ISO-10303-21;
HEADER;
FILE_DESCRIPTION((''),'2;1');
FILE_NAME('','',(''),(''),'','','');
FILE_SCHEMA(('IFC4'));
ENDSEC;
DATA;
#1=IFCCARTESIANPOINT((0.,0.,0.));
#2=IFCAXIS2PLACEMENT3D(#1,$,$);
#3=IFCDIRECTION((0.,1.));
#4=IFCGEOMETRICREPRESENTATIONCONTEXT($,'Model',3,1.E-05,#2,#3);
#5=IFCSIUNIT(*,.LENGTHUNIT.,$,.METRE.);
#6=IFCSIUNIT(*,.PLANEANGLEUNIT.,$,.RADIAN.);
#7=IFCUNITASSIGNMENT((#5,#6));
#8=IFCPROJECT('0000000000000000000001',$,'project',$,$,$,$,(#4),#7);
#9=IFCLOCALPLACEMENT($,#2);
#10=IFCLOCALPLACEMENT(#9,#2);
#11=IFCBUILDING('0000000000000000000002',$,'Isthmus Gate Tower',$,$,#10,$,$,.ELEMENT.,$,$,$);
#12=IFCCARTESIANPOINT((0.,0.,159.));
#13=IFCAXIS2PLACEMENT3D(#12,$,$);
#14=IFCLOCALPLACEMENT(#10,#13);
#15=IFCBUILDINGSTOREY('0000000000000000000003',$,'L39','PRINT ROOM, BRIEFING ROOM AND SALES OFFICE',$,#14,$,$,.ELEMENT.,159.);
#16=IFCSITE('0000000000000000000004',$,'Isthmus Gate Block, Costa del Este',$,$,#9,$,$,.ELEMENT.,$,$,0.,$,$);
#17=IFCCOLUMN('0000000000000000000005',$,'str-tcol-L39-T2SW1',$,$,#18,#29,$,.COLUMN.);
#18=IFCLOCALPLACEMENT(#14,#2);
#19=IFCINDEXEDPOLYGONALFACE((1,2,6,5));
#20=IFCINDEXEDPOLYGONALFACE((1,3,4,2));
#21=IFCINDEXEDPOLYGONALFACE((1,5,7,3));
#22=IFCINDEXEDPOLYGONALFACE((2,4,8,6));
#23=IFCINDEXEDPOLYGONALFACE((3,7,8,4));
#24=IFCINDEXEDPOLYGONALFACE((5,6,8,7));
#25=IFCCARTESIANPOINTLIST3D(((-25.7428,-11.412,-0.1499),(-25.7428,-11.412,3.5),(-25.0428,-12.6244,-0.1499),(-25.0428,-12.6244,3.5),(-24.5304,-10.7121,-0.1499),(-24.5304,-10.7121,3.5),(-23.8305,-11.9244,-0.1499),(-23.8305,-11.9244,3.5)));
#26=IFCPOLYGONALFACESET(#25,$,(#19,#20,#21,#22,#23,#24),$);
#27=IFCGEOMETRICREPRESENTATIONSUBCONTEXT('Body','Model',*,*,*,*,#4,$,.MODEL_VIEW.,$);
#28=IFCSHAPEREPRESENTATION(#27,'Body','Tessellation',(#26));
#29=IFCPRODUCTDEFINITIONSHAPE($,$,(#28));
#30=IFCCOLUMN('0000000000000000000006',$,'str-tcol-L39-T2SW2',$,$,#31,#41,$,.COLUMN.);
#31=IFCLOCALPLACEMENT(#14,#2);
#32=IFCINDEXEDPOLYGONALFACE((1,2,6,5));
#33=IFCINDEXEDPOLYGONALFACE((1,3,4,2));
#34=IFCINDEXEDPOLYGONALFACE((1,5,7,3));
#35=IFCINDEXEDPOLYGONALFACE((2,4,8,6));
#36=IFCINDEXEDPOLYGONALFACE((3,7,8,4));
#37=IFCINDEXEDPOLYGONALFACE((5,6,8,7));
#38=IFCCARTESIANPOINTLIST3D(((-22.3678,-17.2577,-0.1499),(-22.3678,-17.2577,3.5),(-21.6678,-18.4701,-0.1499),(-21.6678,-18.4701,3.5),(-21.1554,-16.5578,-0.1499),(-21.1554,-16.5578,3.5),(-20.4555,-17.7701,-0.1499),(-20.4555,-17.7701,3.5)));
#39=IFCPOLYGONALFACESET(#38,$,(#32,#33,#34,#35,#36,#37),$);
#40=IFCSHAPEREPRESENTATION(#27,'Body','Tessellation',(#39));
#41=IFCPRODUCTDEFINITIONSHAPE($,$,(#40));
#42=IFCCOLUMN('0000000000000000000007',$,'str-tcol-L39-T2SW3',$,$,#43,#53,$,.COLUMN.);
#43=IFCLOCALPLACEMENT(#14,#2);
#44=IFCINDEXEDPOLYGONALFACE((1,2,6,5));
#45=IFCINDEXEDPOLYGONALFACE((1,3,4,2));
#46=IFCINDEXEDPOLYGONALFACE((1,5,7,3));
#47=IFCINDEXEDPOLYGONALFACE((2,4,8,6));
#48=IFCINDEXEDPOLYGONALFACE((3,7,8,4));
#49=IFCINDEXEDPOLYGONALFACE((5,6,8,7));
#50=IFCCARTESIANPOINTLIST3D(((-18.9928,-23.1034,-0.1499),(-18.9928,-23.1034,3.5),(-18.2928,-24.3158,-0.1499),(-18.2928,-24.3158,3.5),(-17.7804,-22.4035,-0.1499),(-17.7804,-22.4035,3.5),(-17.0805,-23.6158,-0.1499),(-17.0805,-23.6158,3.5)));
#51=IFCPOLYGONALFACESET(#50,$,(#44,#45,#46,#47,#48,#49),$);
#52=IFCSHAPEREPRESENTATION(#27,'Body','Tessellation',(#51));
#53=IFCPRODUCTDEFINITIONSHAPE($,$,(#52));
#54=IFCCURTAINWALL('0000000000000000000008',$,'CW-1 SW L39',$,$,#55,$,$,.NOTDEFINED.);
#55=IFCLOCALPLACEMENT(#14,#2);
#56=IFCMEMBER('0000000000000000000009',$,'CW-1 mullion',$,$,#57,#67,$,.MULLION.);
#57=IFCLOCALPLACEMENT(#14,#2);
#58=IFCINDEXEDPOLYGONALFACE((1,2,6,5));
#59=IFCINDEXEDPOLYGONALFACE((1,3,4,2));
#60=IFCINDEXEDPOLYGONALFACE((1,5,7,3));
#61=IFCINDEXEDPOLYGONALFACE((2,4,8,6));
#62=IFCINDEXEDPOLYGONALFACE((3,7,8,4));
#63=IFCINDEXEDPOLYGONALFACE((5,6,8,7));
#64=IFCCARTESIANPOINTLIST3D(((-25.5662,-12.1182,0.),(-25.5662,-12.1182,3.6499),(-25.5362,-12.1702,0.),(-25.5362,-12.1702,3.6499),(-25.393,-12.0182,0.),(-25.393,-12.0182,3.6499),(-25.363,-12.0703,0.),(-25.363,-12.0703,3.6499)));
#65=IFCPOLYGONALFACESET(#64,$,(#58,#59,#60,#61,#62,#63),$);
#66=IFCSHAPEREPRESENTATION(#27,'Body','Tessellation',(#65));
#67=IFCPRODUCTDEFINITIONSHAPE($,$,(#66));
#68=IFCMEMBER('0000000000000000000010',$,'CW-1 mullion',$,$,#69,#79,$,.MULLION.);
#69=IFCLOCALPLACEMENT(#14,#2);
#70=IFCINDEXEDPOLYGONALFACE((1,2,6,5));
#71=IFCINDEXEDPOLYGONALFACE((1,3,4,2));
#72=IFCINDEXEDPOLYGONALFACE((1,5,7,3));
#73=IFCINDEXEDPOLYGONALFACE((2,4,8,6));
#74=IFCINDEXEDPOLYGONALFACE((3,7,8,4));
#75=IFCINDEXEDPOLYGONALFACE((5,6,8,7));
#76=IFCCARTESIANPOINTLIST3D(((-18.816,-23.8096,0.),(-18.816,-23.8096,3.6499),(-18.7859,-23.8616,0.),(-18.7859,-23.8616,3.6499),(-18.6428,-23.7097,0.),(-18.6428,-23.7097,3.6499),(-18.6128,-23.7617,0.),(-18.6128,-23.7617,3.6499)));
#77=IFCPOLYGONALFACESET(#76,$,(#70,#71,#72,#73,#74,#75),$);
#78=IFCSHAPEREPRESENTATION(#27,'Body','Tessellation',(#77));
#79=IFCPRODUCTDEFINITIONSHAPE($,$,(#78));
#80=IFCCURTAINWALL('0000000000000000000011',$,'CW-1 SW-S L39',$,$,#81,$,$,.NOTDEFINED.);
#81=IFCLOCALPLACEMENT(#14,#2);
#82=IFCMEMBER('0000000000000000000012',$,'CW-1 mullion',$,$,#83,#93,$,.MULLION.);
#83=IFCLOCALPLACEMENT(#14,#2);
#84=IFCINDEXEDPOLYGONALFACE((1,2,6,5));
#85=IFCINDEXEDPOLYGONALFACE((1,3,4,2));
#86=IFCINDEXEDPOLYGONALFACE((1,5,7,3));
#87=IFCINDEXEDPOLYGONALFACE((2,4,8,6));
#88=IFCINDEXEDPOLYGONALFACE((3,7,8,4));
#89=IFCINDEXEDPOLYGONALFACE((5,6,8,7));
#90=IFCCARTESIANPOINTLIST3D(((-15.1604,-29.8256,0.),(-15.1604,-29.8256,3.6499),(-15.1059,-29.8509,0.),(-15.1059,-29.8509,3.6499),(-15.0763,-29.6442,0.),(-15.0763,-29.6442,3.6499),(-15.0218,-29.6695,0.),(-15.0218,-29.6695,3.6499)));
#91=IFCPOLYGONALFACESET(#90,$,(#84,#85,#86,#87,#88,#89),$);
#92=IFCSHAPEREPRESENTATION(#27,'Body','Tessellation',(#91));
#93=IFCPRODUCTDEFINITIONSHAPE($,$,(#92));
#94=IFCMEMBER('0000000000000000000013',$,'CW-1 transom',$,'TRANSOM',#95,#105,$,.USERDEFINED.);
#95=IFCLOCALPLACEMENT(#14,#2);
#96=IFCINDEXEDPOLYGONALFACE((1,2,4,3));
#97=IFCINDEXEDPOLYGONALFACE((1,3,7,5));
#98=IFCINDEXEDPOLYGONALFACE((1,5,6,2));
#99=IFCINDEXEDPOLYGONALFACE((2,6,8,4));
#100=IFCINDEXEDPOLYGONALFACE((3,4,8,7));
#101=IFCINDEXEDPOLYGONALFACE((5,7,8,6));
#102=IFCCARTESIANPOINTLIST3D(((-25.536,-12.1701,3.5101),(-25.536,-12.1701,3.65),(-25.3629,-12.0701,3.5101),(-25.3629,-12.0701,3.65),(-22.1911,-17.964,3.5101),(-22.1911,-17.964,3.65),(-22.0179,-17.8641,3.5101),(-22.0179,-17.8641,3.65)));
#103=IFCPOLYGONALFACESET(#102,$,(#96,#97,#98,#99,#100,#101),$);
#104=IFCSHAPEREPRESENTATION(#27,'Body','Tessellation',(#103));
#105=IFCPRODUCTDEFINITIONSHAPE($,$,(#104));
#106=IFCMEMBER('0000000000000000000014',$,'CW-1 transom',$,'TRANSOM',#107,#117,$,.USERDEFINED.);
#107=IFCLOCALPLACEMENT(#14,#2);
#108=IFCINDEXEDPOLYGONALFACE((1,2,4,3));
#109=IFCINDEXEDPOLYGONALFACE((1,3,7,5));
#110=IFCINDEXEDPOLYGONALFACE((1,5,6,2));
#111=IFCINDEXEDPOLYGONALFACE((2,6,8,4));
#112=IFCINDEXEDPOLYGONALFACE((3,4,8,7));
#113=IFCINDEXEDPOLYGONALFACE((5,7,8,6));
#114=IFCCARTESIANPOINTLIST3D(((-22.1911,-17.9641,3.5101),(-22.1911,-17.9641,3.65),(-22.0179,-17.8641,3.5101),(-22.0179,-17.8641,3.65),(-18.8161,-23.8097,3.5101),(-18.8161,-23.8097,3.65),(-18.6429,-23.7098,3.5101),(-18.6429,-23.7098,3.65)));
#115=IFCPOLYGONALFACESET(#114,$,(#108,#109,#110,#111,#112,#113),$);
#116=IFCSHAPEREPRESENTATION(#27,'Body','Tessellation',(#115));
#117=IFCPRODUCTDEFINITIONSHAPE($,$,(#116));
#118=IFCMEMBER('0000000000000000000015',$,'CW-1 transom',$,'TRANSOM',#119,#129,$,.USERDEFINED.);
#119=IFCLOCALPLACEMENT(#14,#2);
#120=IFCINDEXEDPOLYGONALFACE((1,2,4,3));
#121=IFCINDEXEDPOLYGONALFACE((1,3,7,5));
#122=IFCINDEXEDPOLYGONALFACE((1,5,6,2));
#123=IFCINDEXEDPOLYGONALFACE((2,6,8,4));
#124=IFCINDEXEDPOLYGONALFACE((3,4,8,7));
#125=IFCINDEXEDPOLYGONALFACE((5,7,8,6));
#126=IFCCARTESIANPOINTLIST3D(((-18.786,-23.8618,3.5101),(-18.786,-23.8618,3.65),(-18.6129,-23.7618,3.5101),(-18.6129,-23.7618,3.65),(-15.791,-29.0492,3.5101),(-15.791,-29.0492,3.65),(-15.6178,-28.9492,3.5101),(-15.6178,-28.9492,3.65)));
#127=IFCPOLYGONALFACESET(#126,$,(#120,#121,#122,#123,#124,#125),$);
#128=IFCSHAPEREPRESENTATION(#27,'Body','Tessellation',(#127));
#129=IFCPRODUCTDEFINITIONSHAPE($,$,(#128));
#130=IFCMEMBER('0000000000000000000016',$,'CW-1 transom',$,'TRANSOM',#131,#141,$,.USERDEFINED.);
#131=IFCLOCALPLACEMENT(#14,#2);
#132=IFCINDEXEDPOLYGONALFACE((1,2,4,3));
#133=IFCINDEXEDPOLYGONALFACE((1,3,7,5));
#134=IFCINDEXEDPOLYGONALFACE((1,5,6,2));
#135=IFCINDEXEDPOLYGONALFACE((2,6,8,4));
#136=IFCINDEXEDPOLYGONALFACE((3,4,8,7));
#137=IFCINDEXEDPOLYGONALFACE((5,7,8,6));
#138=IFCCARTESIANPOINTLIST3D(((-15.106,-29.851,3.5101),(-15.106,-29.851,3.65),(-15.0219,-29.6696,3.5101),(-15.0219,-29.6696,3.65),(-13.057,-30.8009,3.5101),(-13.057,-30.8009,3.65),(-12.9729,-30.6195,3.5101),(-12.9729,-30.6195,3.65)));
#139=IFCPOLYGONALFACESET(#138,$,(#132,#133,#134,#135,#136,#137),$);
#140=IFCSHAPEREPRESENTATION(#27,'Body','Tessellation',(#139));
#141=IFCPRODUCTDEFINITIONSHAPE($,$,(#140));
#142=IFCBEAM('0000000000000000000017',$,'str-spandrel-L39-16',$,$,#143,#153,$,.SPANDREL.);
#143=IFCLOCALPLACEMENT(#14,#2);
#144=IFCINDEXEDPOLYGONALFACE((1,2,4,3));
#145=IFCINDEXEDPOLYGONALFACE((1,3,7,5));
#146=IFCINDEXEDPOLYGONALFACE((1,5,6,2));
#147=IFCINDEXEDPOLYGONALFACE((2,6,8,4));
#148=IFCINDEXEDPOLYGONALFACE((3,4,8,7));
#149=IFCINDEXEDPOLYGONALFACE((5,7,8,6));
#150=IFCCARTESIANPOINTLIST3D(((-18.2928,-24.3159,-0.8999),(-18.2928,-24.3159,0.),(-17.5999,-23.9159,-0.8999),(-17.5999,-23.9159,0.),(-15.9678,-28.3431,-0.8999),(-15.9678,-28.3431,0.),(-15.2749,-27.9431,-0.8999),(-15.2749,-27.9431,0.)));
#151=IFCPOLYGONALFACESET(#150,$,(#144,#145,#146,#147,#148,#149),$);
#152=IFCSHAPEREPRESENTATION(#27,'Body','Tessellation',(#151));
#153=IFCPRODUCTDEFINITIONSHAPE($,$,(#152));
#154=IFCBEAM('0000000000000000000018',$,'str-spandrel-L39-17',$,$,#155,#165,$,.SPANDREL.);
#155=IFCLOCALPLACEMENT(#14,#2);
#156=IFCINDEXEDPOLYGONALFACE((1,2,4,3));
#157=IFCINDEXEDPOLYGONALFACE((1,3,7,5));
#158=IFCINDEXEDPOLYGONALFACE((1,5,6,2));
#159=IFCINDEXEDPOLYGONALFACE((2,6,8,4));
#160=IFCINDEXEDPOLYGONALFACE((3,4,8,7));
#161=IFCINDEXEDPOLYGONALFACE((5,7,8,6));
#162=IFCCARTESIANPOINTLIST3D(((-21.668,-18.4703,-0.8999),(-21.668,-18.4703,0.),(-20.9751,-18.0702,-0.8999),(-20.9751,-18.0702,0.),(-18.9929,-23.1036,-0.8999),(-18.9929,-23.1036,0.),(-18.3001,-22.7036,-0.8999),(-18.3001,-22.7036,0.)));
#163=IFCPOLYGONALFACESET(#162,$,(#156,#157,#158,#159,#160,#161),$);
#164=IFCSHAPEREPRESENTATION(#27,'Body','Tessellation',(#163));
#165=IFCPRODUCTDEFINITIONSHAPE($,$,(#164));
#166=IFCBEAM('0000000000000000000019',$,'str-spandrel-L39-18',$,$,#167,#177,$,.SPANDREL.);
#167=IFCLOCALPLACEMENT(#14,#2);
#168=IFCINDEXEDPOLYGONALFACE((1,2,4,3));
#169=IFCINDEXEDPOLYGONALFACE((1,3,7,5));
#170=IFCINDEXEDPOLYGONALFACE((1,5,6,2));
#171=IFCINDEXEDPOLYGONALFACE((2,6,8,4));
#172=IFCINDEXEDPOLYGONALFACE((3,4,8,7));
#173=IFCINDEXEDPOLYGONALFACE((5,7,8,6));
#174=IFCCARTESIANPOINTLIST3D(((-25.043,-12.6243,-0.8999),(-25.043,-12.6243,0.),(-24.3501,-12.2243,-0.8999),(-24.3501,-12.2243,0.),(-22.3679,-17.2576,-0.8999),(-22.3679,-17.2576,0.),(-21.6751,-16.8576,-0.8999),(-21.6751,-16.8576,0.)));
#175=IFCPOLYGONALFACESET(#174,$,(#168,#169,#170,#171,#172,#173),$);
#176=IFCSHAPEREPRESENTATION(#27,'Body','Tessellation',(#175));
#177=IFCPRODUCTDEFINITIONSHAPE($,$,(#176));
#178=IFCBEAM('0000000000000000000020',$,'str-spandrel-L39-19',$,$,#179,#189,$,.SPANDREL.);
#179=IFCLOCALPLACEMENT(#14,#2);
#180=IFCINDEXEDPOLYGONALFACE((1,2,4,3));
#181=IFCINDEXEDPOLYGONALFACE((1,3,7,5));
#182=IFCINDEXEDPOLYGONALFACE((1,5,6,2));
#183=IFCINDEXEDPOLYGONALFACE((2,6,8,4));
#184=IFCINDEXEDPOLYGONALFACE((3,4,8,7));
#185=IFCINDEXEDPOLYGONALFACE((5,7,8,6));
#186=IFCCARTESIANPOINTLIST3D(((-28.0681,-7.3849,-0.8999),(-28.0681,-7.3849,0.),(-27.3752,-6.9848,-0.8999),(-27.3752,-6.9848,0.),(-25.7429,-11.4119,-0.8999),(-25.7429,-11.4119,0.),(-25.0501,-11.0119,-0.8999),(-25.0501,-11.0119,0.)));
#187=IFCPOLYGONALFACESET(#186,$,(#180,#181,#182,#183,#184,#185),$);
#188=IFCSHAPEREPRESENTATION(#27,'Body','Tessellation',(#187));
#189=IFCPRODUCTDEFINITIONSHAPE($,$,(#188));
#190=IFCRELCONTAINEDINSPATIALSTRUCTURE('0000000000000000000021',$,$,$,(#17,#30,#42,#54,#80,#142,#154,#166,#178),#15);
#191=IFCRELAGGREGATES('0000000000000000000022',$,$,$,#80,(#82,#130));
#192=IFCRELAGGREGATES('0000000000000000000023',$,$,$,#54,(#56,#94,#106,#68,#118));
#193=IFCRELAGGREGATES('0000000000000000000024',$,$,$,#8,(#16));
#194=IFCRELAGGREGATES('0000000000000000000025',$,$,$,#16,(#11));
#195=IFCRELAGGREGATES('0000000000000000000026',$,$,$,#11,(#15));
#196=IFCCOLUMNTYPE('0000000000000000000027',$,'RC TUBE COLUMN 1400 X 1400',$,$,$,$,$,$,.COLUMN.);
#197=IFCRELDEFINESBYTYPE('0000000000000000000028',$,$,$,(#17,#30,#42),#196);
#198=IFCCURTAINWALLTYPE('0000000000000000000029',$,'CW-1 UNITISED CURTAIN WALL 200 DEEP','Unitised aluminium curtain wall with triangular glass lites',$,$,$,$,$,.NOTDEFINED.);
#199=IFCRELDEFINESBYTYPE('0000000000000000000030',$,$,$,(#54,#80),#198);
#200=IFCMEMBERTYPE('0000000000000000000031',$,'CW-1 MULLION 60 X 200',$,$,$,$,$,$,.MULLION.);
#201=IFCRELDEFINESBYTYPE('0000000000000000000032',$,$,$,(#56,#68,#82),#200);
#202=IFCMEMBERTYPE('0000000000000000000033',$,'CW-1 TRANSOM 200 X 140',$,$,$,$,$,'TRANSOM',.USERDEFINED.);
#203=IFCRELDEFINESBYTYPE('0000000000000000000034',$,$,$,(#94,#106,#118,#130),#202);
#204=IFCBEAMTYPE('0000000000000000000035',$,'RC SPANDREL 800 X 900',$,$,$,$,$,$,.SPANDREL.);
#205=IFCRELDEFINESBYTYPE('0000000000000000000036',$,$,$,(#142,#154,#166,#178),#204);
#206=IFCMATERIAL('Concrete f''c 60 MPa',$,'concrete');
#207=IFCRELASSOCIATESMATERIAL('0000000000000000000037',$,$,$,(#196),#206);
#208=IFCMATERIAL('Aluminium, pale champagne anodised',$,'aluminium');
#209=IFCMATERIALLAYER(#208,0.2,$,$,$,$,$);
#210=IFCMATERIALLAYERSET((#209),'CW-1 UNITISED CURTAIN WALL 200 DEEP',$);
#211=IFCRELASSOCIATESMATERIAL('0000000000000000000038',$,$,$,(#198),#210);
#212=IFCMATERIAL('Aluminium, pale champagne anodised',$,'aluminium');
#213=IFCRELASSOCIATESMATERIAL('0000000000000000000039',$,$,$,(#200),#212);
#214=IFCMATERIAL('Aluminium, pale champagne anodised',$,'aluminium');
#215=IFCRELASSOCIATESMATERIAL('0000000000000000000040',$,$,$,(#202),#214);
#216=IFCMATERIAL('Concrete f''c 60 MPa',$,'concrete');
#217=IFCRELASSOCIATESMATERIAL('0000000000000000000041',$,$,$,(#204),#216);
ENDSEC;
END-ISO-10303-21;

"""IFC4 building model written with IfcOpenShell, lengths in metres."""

from ifc_helpers import new_model, si_unit, direction, frame, origin, origin_2d, place, context, subcontext, project, spatial, rectangle, extrude, material, layer, layer_set, material_profile, profile_set, type_object, element, aggregate, save


model = new_model("IFC4")

# Units and contexts
model_context = context("Model", 3, precision=1e-05, world=origin(), true_north=direction((0.0, 1.0)))
body_context = subcontext(model_context, "Body", "Model", "MODEL_VIEW")
ifc_project = project(units=[si_unit("LENGTHUNIT", "METRE"), si_unit("PLANEANGLEUNIT", "RADIAN")], contexts=[model_context])

# Site, building, storey
site_placement = place(None, origin())
site = spatial("IfcSite", under=ifc_project, at=site_placement, Name="Isthmus Gate Block, Costa del Este", CompositionType="ELEMENT", RefElevation=0.0)
building_placement = place(site_placement, origin())
building = spatial("IfcBuilding", under=site, at=building_placement, Name="Isthmus Gate Tower", CompositionType="ELEMENT")
storey_placement = place(building_placement, frame((0.0, 0.0, 159.0)))
storey = spatial("IfcBuildingStorey", under=building, at=storey_placement, Name="L39", Description="PRINT ROOM, BRIEFING ROOM AND SALES OFFICE", CompositionType="ELEMENT", Elevation=159.0)

# Columns
ifc_material_1 = material(Name="Concrete f'c 60 MPa", Category="concrete")
ifc_material_profile_1 = material_profile(ifc_material_1, rectangle(XDim=1.3999, YDim=1.3999, at=origin_2d()), Name="RC 1400X1400")
ifc_profile_set_1 = profile_set([ifc_material_profile_1], Name="Concrete f'c 60 MPa")
column_type = type_object("IfcColumnType", Name="RC TUBE COLUMN 1400 X 1400", PredefinedType="COLUMN", material=ifc_profile_set_1)
for number, where, z_axis, x_axis, name in (
    (1, (-24.7866, -11.6682, -0.1499), (0.0, 0.0, 1.0), (0.5, -0.866025, 0.0), "str-tcol-L39-T2SW1"),
    (2, (-21.4116, -17.5139, -0.1499), (0.0, 0.0, 1.0), (0.5, -0.866025, 0.0), "str-tcol-L39-T2SW2"),
    (3, (-18.0366, -23.3596, -0.1499), (0.0, 0.0, 1.0), (0.5, -0.866025, 0.0), "str-tcol-L39-T2SW3"),
):
    element("IfcColumn", number, at=place(storey_placement, frame(where, z_axis=z_axis, x_axis=x_axis)), inside=storey, type_object=column_type, Name=name, PredefinedType="COLUMN", context=body_context, shape_type="SweptSolid", body=[
        extrude(rectangle(XDim=1.3999, YDim=1.3999, at=origin_2d()), origin(), (0.0, 0.0, 1.0), 3.6499),
    ])

# Curtain wall, members
ifc_material_2 = material(Name="Aluminium, pale champagne anodised", Category="aluminium")
ifc_layer_1 = layer(ifc_material_2, 0.2)
ifc_layer_set_1 = layer_set([ifc_layer_1], Name="CW-1 UNITISED CURTAIN WALL 200 DEEP")
curtain_wall_type = type_object("IfcCurtainWallType", Name="CW-1 UNITISED CURTAIN WALL 200 DEEP", Description="Unitised aluminium curtain wall with triangular glass lites", PredefinedType="NOTDEFINED", material=ifc_layer_set_1)
curtain_wall_1_placement = place(storey_placement, origin())
curtain_wall_1 = element("IfcCurtainWall", 4, at=curtain_wall_1_placement, inside=storey, type_object=curtain_wall_type, Name="CW-1 SW L39", PredefinedType="NOTDEFINED")
ifc_material_3 = material(Name="Aluminium, pale champagne anodised", Category="aluminium")
ifc_material_profile_2 = material_profile(ifc_material_3, rectangle(XDim=0.0601, YDim=0.2, at=origin_2d()), Name="60x200")
ifc_profile_set_2 = profile_set([ifc_material_profile_2], Name="Aluminium, pale champagne anodised")
member_type_1 = type_object("IfcMemberType", Name="CW-1 MULLION 60 X 200", PredefinedType="MULLION", material=ifc_profile_set_2)
member_1_placement = place(storey_placement, frame((-25.4646, -12.0942, 0.0), z_axis=(0.0, 0.0, 1.0), x_axis=(0.5, -0.866025, 0.0)))
member_1 = element("IfcMember", 5, at=member_1_placement, type_object=member_type_1, Name="CW-1 mullion", PredefinedType="MULLION", context=body_context, shape_type="SweptSolid", body=[
    extrude(rectangle(XDim=0.0601, YDim=0.2, at=origin_2d()), origin(), (0.0, 0.0, 1.0), 3.6499),
])
member_2_placement = place(storey_placement, frame((-18.7144, -23.7856, 0.0), z_axis=(0.0, 0.0, 1.0), x_axis=(0.5, -0.866025, 0.0)))
member_2 = element("IfcMember", 6, at=member_2_placement, type_object=member_type_1, Name="CW-1 mullion", PredefinedType="MULLION", context=body_context, shape_type="SweptSolid", body=[
    extrude(rectangle(XDim=0.0601, YDim=0.2, at=origin_2d()), origin(), (0.0, 0.0, 1.0), 3.6499),
])

# Curtain wall, member
curtain_wall_2_placement = place(storey_placement, origin())
curtain_wall_2 = element("IfcCurtainWall", 7, at=curtain_wall_2_placement, inside=storey, type_object=curtain_wall_type, Name="CW-1 SW-S L39", PredefinedType="NOTDEFINED")
member_3_placement = place(storey_placement, frame((-15.0911, -29.7476, 0.0), z_axis=(0.0, 0.0, 1.0), x_axis=(0.907256, -0.420578, 0.0)))
member_3 = element("IfcMember", 8, at=member_3_placement, type_object=member_type_1, Name="CW-1 mullion", PredefinedType="MULLION", context=body_context, shape_type="SweptSolid", body=[
    extrude(rectangle(XDim=0.0601, YDim=0.2, at=origin_2d()), origin(), (0.0, 0.0, 1.0), 3.6499),
])

# Members
ifc_material_4 = material(Name="Aluminium, pale champagne anodised", Category="aluminium")
ifc_material_profile_3 = material_profile(ifc_material_4, rectangle(XDim=0.2, YDim=0.1399, at=origin_2d()), Name="200x140")
ifc_profile_set_3 = profile_set([ifc_material_profile_3], Name="Aluminium, pale champagne anodised")
member_type_2 = type_object("IfcMemberType", Name="CW-1 TRANSOM 200 X 140", ElementType="TRANSOM", PredefinedType="USERDEFINED", material=ifc_profile_set_3)
member_4_placement = place(storey_placement, frame((-25.4495, -12.1201, 3.5801), z_axis=(0.499981, -0.866036, 0.0), x_axis=(0.866036, 0.499981, 0.0)))
member_4 = element("IfcMember", 9, at=member_4_placement, type_object=member_type_2, Name="CW-1 transom", ObjectType="TRANSOM", PredefinedType="USERDEFINED", context=body_context, shape_type="SweptSolid", body=[
    extrude(rectangle(XDim=0.2, YDim=0.1399, at=origin_2d()), origin(), (0.0, 0.0, 1.0), 6.6902),
])
member_5_placement = place(storey_placement, frame((-22.1045, -17.9141, 3.5801), z_axis=(0.499998, -0.866027, 0.0), x_axis=(0.866027, 0.499998, 0.0)))
member_5 = element("IfcMember", 10, at=member_5_placement, type_object=member_type_2, Name="CW-1 transom", ObjectType="TRANSOM", PredefinedType="USERDEFINED", context=body_context, shape_type="SweptSolid", body=[
    extrude(rectangle(XDim=0.2, YDim=0.1399, at=origin_2d()), origin(), (0.0, 0.0, 1.0), 6.75),
])
member_6_placement = place(storey_placement, frame((-18.6995, -23.8118, 3.5801), z_axis=(0.500014, -0.866017, 0.0), x_axis=(0.866017, 0.500014, 0.0)))
member_6 = element("IfcMember", 11, at=member_6_placement, type_object=member_type_2, Name="CW-1 transom", ObjectType="TRANSOM", PredefinedType="USERDEFINED", context=body_context, shape_type="SweptSolid", body=[
    extrude(rectangle(XDim=0.2, YDim=0.1399, at=origin_2d()), origin(), (0.0, 0.0, 1.0), 5.99),
])
member_7_placement = place(storey_placement, frame((-15.064, -29.7603, 3.5801), z_axis=(0.907246, -0.4206, 0.0), x_axis=(0.4206, 0.907246, 0.0)))
member_7 = element("IfcMember", 12, at=member_7_placement, type_object=member_type_2, Name="CW-1 transom", ObjectType="TRANSOM", PredefinedType="USERDEFINED", context=body_context, shape_type="SweptSolid", body=[
    extrude(rectangle(XDim=0.2, YDim=0.1399, at=origin_2d()), origin(), (0.0, 0.0, 1.0), 2.2585),
])
aggregate(curtain_wall_2, [member_3, member_7])

# Beams
ifc_material_5 = material(Name="Concrete f'c 60 MPa", Category="concrete")
ifc_material_profile_4 = material_profile(ifc_material_5, rectangle(XDim=0.8, YDim=0.8999, at=origin_2d()), Name="RC 800X900")
ifc_profile_set_4 = profile_set([ifc_material_profile_4], Name="Concrete f'c 60 MPa")
beam_type_1 = type_object("IfcBeamType", Name="RC SPANDREL 800 X 900", PredefinedType="SPANDREL", material=ifc_profile_set_4)
beam_1_placement = place(storey_placement, frame((-15.6213, -28.1431, -0.45), z_axis=(-0.499985, 0.866034, 0.0), x_axis=(-0.866034, -0.499985, 0.0)))
element("IfcBeam", 13, at=beam_1_placement, inside=storey, type_object=beam_type_1, Name="str-spandrel-L39-16", PredefinedType="SPANDREL", context=body_context, shape_type="SweptSolid", body=[
    extrude(rectangle(XDim=0.8, YDim=0.8999, at=origin_2d()), origin(), (0.0, 0.0, 1.0), 4.6501),
])
for number, where, z_axis, x_axis, name in (
    (14, (-18.6465, -22.9036, -0.45), (-0.500002, 0.866024, 0.0), (-0.866024, -0.500002, 0.0), "str-spandrel-L39-17"),
    (15, (-22.0215, -17.0576, -0.45), (-0.500002, 0.866024, 0.0), (-0.866024, -0.500002, 0.0), "str-spandrel-L39-18"),
):
    element("IfcBeam", number, at=place(storey_placement, frame(where, z_axis=z_axis, x_axis=x_axis)), inside=storey, type_object=beam_type_1, Name=name, PredefinedType="SPANDREL", context=body_context, shape_type="SweptSolid", body=[
        extrude(rectangle(XDim=0.8, YDim=0.8999, at=origin_2d()), origin(), (0.0, 0.0, 1.0), 5.3501),
    ])
beam_2_placement = place(storey_placement, frame((-25.3965, -11.2119, -0.45), z_axis=(-0.500024, 0.866012, 0.0), x_axis=(-0.866012, -0.500024, 0.0)))
element("IfcBeam", 16, at=beam_2_placement, inside=storey, type_object=beam_type_1, Name="str-spandrel-L39-19", PredefinedType="SPANDREL", context=body_context, shape_type="SweptSolid", body=[
    extrude(rectangle(XDim=0.8, YDim=0.8999, at=origin_2d()), origin(), (0.0, 0.0, 1.0), 4.6501),
])

aggregate(curtain_wall_1, [member_1, member_4, member_5, member_2, member_6])

save(model, "model.ifc")
